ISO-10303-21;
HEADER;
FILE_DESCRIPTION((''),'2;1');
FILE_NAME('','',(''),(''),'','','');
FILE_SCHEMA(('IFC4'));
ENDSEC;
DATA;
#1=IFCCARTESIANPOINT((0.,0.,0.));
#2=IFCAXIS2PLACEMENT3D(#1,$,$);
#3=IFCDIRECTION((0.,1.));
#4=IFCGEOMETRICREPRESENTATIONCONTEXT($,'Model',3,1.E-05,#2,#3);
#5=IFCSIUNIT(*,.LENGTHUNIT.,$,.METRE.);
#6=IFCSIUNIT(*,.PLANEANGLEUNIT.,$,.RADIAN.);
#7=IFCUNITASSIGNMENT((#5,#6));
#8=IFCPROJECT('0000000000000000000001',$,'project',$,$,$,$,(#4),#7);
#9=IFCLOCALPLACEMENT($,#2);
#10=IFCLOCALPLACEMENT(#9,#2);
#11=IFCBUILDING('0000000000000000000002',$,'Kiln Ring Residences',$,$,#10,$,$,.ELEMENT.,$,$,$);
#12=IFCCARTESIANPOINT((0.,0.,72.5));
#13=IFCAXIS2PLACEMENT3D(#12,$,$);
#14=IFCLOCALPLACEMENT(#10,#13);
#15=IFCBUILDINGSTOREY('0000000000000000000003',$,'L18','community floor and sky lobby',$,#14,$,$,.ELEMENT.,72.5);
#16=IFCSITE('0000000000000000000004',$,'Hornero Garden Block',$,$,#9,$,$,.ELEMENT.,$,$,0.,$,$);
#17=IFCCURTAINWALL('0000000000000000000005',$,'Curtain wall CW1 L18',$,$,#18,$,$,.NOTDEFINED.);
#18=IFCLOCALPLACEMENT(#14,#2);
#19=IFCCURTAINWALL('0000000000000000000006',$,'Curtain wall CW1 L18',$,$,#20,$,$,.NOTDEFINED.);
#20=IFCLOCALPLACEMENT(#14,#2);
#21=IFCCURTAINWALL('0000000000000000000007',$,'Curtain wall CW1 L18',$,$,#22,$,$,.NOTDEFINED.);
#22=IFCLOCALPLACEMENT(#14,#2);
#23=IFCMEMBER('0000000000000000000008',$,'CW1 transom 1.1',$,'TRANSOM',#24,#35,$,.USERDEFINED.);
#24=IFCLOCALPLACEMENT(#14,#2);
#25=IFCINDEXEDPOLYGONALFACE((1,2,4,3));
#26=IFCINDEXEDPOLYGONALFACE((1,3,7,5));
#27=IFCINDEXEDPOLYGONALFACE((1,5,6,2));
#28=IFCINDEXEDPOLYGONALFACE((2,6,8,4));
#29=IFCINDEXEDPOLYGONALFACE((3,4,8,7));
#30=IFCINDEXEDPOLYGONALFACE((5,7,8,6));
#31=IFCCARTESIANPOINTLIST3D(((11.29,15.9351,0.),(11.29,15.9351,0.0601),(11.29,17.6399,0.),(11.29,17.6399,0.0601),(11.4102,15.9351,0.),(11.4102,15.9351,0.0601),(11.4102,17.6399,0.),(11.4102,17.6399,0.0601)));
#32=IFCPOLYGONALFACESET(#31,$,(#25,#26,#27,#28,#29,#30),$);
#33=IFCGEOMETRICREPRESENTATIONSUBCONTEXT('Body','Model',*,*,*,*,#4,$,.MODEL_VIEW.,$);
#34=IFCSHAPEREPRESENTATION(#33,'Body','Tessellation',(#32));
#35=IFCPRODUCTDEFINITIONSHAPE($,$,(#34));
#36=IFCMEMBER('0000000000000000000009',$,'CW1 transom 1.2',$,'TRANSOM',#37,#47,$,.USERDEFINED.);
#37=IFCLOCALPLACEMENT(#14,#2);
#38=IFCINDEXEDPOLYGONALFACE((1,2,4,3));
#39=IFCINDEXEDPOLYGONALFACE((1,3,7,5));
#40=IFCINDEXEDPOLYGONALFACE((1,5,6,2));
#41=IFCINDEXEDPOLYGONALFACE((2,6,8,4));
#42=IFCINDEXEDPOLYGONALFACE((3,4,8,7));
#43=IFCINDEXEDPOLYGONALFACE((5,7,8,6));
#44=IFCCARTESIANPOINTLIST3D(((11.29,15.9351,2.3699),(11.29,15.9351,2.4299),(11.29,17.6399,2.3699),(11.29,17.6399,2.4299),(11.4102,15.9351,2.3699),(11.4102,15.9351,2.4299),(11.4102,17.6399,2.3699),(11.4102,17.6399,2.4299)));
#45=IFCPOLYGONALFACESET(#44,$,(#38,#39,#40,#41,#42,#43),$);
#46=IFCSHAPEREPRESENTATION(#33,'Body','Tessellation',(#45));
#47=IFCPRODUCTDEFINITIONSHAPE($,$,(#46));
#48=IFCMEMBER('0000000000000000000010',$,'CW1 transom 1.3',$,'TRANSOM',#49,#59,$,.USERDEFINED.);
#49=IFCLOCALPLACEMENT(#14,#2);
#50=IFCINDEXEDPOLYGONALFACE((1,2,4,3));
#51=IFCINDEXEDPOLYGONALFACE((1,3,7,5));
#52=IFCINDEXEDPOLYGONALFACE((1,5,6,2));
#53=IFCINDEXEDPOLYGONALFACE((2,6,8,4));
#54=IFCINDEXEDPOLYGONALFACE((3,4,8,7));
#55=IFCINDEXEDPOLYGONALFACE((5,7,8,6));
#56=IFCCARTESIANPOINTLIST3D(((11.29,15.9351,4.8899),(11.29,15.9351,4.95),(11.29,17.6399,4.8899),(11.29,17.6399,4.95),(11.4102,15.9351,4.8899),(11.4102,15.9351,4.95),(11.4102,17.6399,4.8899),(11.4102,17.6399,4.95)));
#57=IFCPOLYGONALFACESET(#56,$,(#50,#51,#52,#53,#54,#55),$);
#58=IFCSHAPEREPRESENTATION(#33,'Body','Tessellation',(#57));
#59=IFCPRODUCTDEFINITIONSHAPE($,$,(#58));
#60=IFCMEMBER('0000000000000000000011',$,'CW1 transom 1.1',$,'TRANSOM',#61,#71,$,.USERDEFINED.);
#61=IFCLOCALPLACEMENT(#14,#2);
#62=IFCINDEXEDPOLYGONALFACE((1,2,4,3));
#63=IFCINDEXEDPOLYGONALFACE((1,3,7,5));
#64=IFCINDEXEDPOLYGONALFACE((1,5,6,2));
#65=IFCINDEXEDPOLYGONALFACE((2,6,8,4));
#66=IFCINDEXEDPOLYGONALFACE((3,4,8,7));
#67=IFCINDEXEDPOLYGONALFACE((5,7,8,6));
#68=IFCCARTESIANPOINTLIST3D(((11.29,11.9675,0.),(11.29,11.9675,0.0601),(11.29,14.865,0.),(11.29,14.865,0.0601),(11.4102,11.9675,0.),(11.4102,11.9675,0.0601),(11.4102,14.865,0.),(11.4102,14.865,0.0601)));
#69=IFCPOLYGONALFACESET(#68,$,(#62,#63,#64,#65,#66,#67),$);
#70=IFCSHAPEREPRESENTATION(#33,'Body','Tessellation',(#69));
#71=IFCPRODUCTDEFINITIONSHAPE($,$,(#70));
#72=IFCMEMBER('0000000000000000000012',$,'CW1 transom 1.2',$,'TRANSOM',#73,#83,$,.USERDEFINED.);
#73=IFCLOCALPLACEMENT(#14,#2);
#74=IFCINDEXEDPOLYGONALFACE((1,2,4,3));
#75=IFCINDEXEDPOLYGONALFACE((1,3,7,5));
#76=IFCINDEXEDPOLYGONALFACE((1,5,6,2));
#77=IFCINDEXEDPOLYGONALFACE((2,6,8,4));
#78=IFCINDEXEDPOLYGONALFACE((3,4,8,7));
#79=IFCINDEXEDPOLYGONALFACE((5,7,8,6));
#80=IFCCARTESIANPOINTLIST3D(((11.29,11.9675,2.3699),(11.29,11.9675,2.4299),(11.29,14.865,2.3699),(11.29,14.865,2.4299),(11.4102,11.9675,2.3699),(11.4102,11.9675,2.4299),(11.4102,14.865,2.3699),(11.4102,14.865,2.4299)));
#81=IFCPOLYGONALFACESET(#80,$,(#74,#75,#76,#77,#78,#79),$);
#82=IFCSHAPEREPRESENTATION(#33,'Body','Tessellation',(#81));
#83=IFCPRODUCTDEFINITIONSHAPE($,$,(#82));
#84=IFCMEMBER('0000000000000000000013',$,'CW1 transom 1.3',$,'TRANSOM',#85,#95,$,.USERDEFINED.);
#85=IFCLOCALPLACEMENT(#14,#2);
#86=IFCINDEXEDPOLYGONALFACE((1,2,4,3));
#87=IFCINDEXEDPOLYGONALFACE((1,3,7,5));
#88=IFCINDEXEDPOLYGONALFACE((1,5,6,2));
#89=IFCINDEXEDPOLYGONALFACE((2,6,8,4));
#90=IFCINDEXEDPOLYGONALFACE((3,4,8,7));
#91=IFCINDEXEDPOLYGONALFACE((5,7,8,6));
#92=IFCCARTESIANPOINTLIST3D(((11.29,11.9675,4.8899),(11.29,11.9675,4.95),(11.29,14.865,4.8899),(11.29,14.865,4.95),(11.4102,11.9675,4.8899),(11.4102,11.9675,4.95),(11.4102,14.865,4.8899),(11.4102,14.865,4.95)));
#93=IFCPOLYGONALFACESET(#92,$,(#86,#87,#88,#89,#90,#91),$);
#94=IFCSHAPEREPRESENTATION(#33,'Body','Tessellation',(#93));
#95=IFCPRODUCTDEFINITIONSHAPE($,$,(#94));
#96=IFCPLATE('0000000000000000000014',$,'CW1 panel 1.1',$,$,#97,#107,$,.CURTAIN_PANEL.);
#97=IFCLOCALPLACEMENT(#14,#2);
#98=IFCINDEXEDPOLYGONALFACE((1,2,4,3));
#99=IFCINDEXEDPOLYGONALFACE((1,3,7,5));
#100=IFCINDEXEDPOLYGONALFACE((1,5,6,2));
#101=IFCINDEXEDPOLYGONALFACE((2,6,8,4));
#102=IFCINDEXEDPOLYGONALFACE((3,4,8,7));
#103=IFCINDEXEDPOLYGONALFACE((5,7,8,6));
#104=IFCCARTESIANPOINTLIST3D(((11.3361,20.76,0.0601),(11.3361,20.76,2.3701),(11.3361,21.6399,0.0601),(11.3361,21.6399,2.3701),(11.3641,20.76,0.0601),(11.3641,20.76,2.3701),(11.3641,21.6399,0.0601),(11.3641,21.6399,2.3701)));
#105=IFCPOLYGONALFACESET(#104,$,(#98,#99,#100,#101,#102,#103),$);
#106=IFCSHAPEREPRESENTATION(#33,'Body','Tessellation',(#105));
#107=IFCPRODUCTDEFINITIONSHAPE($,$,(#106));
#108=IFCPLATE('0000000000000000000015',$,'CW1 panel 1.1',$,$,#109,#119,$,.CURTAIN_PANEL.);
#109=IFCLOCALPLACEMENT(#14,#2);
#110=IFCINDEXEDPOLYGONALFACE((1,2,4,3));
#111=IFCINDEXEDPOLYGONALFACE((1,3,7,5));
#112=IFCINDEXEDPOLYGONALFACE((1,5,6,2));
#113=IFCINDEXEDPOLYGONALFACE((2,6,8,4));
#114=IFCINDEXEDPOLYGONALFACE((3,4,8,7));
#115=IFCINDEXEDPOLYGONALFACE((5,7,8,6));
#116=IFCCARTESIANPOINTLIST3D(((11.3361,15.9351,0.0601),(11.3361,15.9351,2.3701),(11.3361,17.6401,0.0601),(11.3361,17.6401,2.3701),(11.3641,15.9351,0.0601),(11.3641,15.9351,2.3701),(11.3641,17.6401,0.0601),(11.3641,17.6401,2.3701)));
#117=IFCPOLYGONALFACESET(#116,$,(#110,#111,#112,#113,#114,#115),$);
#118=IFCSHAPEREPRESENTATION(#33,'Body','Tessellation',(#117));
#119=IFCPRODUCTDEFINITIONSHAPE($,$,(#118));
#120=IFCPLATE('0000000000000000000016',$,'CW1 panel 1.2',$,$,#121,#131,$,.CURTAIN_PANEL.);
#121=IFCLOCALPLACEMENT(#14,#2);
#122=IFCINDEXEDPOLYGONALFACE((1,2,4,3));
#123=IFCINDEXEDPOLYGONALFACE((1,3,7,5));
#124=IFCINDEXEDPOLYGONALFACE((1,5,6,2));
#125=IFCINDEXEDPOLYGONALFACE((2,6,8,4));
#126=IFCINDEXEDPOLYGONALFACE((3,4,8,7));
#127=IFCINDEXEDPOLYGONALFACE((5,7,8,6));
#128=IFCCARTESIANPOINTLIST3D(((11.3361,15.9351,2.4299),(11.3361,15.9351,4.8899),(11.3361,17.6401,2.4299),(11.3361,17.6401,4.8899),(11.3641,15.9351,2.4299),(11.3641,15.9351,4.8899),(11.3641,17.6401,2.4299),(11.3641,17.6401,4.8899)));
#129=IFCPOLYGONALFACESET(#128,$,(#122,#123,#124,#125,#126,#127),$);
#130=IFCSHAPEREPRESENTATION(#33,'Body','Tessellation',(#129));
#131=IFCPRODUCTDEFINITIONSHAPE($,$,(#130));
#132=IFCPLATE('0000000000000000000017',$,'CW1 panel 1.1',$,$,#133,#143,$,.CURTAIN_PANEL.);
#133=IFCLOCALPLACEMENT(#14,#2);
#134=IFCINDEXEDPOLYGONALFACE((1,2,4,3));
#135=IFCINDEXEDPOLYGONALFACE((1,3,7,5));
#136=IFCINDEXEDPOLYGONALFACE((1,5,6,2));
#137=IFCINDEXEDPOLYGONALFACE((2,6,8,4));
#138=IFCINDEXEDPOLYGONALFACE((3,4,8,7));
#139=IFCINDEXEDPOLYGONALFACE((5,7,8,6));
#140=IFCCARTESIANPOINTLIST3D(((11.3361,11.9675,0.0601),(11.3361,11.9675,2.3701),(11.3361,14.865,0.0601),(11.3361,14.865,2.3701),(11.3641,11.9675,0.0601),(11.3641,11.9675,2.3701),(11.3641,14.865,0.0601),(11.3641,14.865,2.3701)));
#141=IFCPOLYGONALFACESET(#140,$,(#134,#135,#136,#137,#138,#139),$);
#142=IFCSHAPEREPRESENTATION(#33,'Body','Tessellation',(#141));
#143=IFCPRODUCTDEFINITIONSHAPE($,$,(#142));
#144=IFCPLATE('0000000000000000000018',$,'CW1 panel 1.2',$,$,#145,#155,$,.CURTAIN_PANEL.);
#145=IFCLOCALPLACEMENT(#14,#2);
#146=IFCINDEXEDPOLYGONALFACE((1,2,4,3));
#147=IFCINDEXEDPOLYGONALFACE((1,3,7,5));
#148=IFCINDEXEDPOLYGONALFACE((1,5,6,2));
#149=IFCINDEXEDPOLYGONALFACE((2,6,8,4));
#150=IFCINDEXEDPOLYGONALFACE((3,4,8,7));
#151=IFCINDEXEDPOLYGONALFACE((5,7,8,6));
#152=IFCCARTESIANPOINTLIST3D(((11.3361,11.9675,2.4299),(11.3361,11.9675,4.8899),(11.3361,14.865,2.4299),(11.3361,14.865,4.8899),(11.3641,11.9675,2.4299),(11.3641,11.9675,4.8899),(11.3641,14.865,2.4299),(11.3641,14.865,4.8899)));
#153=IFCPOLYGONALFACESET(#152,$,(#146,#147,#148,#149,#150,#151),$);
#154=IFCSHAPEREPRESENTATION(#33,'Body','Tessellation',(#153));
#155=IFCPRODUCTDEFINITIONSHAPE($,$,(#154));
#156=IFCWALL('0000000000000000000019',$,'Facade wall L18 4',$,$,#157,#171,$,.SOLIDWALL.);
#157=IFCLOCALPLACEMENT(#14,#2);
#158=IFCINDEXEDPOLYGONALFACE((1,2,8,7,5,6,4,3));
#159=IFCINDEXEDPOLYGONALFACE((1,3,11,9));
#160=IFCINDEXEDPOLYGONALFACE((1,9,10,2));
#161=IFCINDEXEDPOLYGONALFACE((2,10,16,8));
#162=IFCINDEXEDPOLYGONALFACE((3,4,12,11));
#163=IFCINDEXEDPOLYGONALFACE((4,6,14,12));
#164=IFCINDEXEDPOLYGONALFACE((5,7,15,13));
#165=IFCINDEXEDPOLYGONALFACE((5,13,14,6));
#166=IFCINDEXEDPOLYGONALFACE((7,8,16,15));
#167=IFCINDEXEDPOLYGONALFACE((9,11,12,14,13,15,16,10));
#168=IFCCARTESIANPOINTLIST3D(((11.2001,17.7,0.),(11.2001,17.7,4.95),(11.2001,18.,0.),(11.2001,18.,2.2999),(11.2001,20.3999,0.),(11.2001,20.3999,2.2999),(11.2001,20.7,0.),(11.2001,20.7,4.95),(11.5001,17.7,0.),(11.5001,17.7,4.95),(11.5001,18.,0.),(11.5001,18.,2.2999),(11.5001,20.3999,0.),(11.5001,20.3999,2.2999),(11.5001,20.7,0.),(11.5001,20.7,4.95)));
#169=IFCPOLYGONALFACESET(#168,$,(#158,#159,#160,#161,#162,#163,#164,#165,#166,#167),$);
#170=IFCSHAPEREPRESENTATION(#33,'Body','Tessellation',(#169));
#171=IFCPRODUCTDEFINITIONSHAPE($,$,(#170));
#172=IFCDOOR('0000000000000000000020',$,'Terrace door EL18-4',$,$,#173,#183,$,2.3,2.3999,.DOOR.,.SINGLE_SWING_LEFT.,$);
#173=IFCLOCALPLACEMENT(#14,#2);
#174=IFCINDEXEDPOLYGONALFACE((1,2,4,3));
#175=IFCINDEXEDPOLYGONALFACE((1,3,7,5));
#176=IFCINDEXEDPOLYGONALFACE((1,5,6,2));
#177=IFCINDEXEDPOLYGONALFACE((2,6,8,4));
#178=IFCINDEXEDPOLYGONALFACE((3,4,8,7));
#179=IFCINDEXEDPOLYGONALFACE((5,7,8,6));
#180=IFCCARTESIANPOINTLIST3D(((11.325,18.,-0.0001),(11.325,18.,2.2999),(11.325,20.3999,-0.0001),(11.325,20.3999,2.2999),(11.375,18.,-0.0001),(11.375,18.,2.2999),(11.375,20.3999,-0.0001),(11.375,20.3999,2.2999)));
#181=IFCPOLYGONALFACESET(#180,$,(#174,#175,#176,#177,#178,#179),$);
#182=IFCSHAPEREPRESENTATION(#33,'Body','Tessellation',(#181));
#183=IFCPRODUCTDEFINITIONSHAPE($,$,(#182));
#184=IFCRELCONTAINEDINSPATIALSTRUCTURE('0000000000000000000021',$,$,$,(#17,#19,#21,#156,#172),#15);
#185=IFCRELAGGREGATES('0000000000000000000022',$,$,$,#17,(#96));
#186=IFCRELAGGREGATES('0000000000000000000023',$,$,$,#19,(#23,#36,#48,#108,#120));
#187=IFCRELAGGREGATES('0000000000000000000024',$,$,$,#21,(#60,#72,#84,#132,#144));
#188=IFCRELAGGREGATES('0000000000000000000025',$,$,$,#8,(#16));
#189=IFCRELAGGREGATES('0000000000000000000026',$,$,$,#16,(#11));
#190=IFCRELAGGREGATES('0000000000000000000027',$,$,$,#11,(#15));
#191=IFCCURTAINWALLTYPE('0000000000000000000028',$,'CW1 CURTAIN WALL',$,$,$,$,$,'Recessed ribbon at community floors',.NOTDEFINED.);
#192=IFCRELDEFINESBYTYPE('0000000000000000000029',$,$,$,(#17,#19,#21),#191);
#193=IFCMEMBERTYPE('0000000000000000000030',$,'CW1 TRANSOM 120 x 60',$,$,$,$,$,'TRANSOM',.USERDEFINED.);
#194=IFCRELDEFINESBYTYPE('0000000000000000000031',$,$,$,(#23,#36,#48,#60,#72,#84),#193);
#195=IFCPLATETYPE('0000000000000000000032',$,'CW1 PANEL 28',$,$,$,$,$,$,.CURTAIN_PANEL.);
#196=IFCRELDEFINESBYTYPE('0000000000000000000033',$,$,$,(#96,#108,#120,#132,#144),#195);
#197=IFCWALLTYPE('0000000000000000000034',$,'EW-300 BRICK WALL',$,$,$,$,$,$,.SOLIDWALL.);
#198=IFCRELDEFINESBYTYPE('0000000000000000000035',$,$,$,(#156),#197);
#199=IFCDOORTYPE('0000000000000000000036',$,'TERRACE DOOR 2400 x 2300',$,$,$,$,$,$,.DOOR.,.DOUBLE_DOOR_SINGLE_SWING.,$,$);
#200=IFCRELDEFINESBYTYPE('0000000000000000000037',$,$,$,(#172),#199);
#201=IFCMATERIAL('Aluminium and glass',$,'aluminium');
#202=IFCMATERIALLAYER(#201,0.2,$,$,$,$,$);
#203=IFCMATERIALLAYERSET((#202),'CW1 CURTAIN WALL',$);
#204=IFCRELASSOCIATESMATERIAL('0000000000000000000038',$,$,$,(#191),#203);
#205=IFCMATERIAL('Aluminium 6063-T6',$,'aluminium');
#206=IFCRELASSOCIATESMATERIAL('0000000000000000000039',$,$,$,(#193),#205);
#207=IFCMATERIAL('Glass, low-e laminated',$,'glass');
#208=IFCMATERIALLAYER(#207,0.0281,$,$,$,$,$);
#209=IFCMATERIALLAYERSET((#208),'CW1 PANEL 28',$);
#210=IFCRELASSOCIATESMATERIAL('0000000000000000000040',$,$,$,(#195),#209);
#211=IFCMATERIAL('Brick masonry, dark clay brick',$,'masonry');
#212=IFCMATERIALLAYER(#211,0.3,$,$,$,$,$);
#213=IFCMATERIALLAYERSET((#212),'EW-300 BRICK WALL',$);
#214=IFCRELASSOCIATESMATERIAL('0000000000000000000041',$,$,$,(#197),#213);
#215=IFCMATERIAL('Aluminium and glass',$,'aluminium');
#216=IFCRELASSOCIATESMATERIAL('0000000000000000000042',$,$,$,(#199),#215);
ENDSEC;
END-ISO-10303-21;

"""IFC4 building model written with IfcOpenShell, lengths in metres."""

from ifc_helpers import new_model, si_unit, direction, frame, frame_2d, origin, origin_2d, place, context, subcontext, project, spatial, rectangle, extrude, material, layer, layer_set, material_profile, profile_set, type_object, element, fill, aggregate, save


model = new_model("IFC4")

# Units and contexts
model_context = context("Model", 3, precision=1e-05, world=origin(), true_north=direction((0.0, 1.0)))
body_context = subcontext(model_context, "Body", "Model", "MODEL_VIEW")
ifc_project = project(units=[si_unit("LENGTHUNIT", "METRE"), si_unit("PLANEANGLEUNIT", "RADIAN")], contexts=[model_context])

# Site, building, storey
site_placement = place(None, origin())
site = spatial("IfcSite", under=ifc_project, at=site_placement, Name="Hornero Garden Block", CompositionType="ELEMENT", RefElevation=0.0)
building_placement = place(site_placement, origin())
building = spatial("IfcBuilding", under=site, at=building_placement, Name="Kiln Ring Residences", CompositionType="ELEMENT")
storey_placement = place(building_placement, frame((0.0, 0.0, 72.5)))
storey = spatial("IfcBuildingStorey", under=building, at=storey_placement, Name="L18", Description="community floor and sky lobby", CompositionType="ELEMENT", Elevation=72.5)

# Curtain wall
ifc_material_1 = material(Name="Aluminium and glass", Category="aluminium")
ifc_layer_1 = layer(ifc_material_1, 0.2)
ifc_layer_set_1 = layer_set([ifc_layer_1], Name="CW1 CURTAIN WALL")
curtain_wall_type = type_object("IfcCurtainWallType", Name="CW1 CURTAIN WALL", ElementType="Recessed ribbon at community floors", PredefinedType="NOTDEFINED", material=ifc_layer_set_1)
placement = place(storey_placement, origin())
curtain_wall_1 = element("IfcCurtainWall", 1, at=placement, inside=storey, type_object=curtain_wall_type, Name="Curtain wall CW1 L18", PredefinedType="NOTDEFINED")

# Curtain wall
curtain_wall_2 = element("IfcCurtainWall", 2, at=placement, inside=storey, type_object=curtain_wall_type, Name="Curtain wall CW1 L18", PredefinedType="NOTDEFINED")

# Curtain wall
curtain_wall_3 = element("IfcCurtainWall", 3, at=placement, inside=storey, type_object=curtain_wall_type, Name="Curtain wall CW1 L18", PredefinedType="NOTDEFINED")

# Members
ifc_material_2 = material(Name="Aluminium 6063-T6", Category="aluminium")
ifc_material_profile_1 = material_profile(ifc_material_2, rectangle(XDim=0.1201, YDim=0.0601, at=origin_2d()), Name="AL 120x60")
ifc_profile_set_1 = profile_set([ifc_material_profile_1], Name="Aluminium 6063-T6")
member_type_1 = type_object("IfcMemberType", Name="CW1 TRANSOM 120 x 60", ElementType="TRANSOM", PredefinedType="USERDEFINED", material=ifc_profile_set_1)
member_1_placement = place(storey_placement, frame((11.3501, 17.6399, 0.03), z_axis=(0.0, -1.0, 0.0), x_axis=(1.0, 0.0, 0.0)))
member_1 = element("IfcMember", 4, at=member_1_placement, type_object=member_type_1, Name="CW1 transom 1.1", ObjectType="TRANSOM", PredefinedType="USERDEFINED", context=body_context, shape_type="SweptSolid", body=[
    extrude(rectangle(XDim=0.1201, YDim=0.0601, at=origin_2d()), origin(), (0.0, 0.0, 1.0), 1.7048),
])
member_2_placement = place(storey_placement, frame((11.3501, 17.6399, 2.3999), z_axis=(0.0, -1.0, 0.0), x_axis=(1.0, 0.0, 0.0)))
member_2 = element("IfcMember", 5, at=member_2_placement, type_object=member_type_1, Name="CW1 transom 1.2", ObjectType="TRANSOM", PredefinedType="USERDEFINED", context=body_context, shape_type="SweptSolid", body=[
    extrude(rectangle(XDim=0.1201, YDim=0.0601, at=origin_2d()), origin(), (0.0, 0.0, 1.0), 1.7048),
])
member_3_placement = place(storey_placement, frame((11.3501, 17.6399, 4.9199), z_axis=(0.0, -1.0, 0.0), x_axis=(1.0, 0.0, 0.0)))
member_3 = element("IfcMember", 6, at=member_3_placement, type_object=member_type_1, Name="CW1 transom 1.3", ObjectType="TRANSOM", PredefinedType="USERDEFINED", context=body_context, shape_type="SweptSolid", body=[
    extrude(rectangle(XDim=0.1201, YDim=0.0601, at=origin_2d()), origin(), (0.0, 0.0, 1.0), 1.7048),
])
member_4_placement = place(storey_placement, frame((11.3501, 14.865, 0.03), z_axis=(0.0, -1.0, 0.0), x_axis=(1.0, 0.0, 0.0)))
member_4 = element("IfcMember", 7, at=member_4_placement, type_object=member_type_1, Name="CW1 transom 1.1", ObjectType="TRANSOM", PredefinedType="USERDEFINED", context=body_context, shape_type="SweptSolid", body=[
    extrude(rectangle(XDim=0.1201, YDim=0.0601, at=origin_2d()), origin(), (0.0, 0.0, 1.0), 2.8975),
])
member_5_placement = place(storey_placement, frame((11.3501, 14.865, 2.3999), z_axis=(0.0, -1.0, 0.0), x_axis=(1.0, 0.0, 0.0)))
member_5 = element("IfcMember", 8, at=member_5_placement, type_object=member_type_1, Name="CW1 transom 1.2", ObjectType="TRANSOM", PredefinedType="USERDEFINED", context=body_context, shape_type="SweptSolid", body=[
    extrude(rectangle(XDim=0.1201, YDim=0.0601, at=origin_2d()), origin(), (0.0, 0.0, 1.0), 2.8975),
])
member_6_placement = place(storey_placement, frame((11.3501, 14.865, 4.9199), z_axis=(0.0, -1.0, 0.0), x_axis=(1.0, 0.0, 0.0)))
member_6 = element("IfcMember", 9, at=member_6_placement, type_object=member_type_1, Name="CW1 transom 1.3", ObjectType="TRANSOM", PredefinedType="USERDEFINED", context=body_context, shape_type="SweptSolid", body=[
    extrude(rectangle(XDim=0.1201, YDim=0.0601, at=origin_2d()), origin(), (0.0, 0.0, 1.0), 2.8975),
])

# Plates
ifc_material_3 = material(Name="Glass, low-e laminated", Category="glass")
ifc_layer_2 = layer(ifc_material_3, 0.0281)
ifc_layer_set_2 = layer_set([ifc_layer_2], Name="CW1 PANEL 28")
plate_type = type_object("IfcPlateType", Name="CW1 PANEL 28", PredefinedType="CURTAIN_PANEL", material=ifc_layer_set_2)
plate_1_placement = place(storey_placement, frame((11.3501, 21.2, 0.0601), z_axis=(0.0, 0.0, 1.0), x_axis=(0.0, -1.0, 0.0)))
plate_1 = element("IfcPlate", 10, at=plate_1_placement, type_object=plate_type, Name="CW1 panel 1.1", PredefinedType="CURTAIN_PANEL", context=body_context, shape_type="SweptSolid", body=[
    extrude(rectangle(XDim=0.8799, YDim=0.0281, at=origin_2d()), origin(), (0.0, 0.0, 1.0), 2.3101),
])
aggregate(curtain_wall_1, [plate_1])
plate_2_placement = place(storey_placement, frame((11.3501, 16.7876, 0.0601), z_axis=(0.0, 0.0, 1.0), x_axis=(0.0, -1.0, 0.0)))
plate_2 = element("IfcPlate", 11, at=plate_2_placement, type_object=plate_type, Name="CW1 panel 1.1", PredefinedType="CURTAIN_PANEL", context=body_context, shape_type="SweptSolid", body=[
    extrude(rectangle(XDim=1.7051, YDim=0.0281, at=origin_2d()), origin(), (0.0, 0.0, 1.0), 2.3101),
])
plate_3_placement = place(storey_placement, frame((11.3501, 16.7876, 2.4299), z_axis=(0.0, 0.0, 1.0), x_axis=(0.0, -1.0, 0.0)))
plate_3 = element("IfcPlate", 12, at=plate_3_placement, type_object=plate_type, Name="CW1 panel 1.2", PredefinedType="CURTAIN_PANEL", context=body_context, shape_type="SweptSolid", body=[
    extrude(rectangle(XDim=1.7051, YDim=0.0281, at=origin_2d()), origin(), (0.0, 0.0, 1.0), 2.46),
])
aggregate(curtain_wall_2, [member_1, member_2, member_3, plate_2, plate_3])
plate_4_placement = place(storey_placement, frame((11.3501, 13.4163, 0.0601), z_axis=(0.0, 0.0, 1.0), x_axis=(0.0, -1.0, 0.0)))
plate_4 = element("IfcPlate", 13, at=plate_4_placement, type_object=plate_type, Name="CW1 panel 1.1", PredefinedType="CURTAIN_PANEL", context=body_context, shape_type="SweptSolid", body=[
    extrude(rectangle(XDim=2.8975, YDim=0.0281, at=origin_2d()), origin(), (0.0, 0.0, 1.0), 2.3101),
])
plate_5_placement = place(storey_placement, frame((11.3501, 13.4163, 2.4299), z_axis=(0.0, 0.0, 1.0), x_axis=(0.0, -1.0, 0.0)))
plate_5 = element("IfcPlate", 14, at=plate_5_placement, type_object=plate_type, Name="CW1 panel 1.2", PredefinedType="CURTAIN_PANEL", context=body_context, shape_type="SweptSolid", body=[
    extrude(rectangle(XDim=2.8975, YDim=0.0281, at=origin_2d()), origin(), (0.0, 0.0, 1.0), 2.46),
])
aggregate(curtain_wall_3, [member_4, member_5, member_6, plate_4, plate_5])

# Wall, opening, door
ifc_material_4 = material(Name="Brick masonry, dark clay brick", Category="masonry")
ifc_layer_3 = layer(ifc_material_4, 0.3)
ifc_layer_set_3 = layer_set([ifc_layer_3], Name="EW-300 BRICK WALL")
wall_type = type_object("IfcWallType", Name="EW-300 BRICK WALL", PredefinedType="SOLIDWALL", material=ifc_layer_set_3)
wall_placement = place(storey_placement, frame((11.3501, 20.7, 0.0), z_axis=(0.0, 0.0, 1.0), x_axis=(0.0, -1.0, 0.0)))
wall = element("IfcWall", 15, at=wall_placement, inside=storey, type_object=wall_type, Name="Facade wall L18 4", PredefinedType="SOLIDWALL", context=body_context, shape_type="SweptSolid", body=[
    extrude(rectangle(XDim=3.0, YDim=0.3, at=frame_2d((1.5, 0.0))), origin(), (0.0, 0.0, 1.0), 4.95),
])
opening_placement = place(wall_placement, frame((0.3, 0.0, 0.0)))
opening = element("IfcOpeningElement", 16, at=opening_placement, cuts=wall, PredefinedType="OPENING", context=body_context, shape_type="SweptSolid", body=[
    extrude(rectangle(XDim=2.3999, YDim=2.3, at=frame_2d((1.2, 1.1499))), frame((0.0, 0.1599, 0.0), z_axis=(0.0, -1.0, 0.0), x_axis=(1.0, 0.0, 0.0)), (0.0, 0.0, 1.0), 0.3201),
])
ifc_material_5 = material(Name="Aluminium and glass", Category="aluminium")
door_type = type_object("IfcDoorType", Name="TERRACE DOOR 2400 x 2300", OperationType="DOUBLE_DOOR_SINGLE_SWING", PredefinedType="DOOR", material=ifc_material_5)
door_placement = place(opening_placement, origin())
door = element("IfcDoor", 17, at=door_placement, inside=storey, type_object=door_type, Name="Terrace door EL18-4", OperationType="SINGLE_SWING_LEFT", OverallHeight=2.3, OverallWidth=2.3999, PredefinedType="DOOR", context=body_context, shape_type="SweptSolid", body=[
    extrude(rectangle(XDim=2.3999, YDim=2.3, at=frame_2d((1.2, 1.1499))), frame((0.0, 0.0249, 0.0), z_axis=(0.0, -1.0, 0.0), x_axis=(1.0, 0.0, 0.0)), (0.0, 0.0, 1.0), 0.05),
])
fill(opening, door)

save(model, "model.ifc")
